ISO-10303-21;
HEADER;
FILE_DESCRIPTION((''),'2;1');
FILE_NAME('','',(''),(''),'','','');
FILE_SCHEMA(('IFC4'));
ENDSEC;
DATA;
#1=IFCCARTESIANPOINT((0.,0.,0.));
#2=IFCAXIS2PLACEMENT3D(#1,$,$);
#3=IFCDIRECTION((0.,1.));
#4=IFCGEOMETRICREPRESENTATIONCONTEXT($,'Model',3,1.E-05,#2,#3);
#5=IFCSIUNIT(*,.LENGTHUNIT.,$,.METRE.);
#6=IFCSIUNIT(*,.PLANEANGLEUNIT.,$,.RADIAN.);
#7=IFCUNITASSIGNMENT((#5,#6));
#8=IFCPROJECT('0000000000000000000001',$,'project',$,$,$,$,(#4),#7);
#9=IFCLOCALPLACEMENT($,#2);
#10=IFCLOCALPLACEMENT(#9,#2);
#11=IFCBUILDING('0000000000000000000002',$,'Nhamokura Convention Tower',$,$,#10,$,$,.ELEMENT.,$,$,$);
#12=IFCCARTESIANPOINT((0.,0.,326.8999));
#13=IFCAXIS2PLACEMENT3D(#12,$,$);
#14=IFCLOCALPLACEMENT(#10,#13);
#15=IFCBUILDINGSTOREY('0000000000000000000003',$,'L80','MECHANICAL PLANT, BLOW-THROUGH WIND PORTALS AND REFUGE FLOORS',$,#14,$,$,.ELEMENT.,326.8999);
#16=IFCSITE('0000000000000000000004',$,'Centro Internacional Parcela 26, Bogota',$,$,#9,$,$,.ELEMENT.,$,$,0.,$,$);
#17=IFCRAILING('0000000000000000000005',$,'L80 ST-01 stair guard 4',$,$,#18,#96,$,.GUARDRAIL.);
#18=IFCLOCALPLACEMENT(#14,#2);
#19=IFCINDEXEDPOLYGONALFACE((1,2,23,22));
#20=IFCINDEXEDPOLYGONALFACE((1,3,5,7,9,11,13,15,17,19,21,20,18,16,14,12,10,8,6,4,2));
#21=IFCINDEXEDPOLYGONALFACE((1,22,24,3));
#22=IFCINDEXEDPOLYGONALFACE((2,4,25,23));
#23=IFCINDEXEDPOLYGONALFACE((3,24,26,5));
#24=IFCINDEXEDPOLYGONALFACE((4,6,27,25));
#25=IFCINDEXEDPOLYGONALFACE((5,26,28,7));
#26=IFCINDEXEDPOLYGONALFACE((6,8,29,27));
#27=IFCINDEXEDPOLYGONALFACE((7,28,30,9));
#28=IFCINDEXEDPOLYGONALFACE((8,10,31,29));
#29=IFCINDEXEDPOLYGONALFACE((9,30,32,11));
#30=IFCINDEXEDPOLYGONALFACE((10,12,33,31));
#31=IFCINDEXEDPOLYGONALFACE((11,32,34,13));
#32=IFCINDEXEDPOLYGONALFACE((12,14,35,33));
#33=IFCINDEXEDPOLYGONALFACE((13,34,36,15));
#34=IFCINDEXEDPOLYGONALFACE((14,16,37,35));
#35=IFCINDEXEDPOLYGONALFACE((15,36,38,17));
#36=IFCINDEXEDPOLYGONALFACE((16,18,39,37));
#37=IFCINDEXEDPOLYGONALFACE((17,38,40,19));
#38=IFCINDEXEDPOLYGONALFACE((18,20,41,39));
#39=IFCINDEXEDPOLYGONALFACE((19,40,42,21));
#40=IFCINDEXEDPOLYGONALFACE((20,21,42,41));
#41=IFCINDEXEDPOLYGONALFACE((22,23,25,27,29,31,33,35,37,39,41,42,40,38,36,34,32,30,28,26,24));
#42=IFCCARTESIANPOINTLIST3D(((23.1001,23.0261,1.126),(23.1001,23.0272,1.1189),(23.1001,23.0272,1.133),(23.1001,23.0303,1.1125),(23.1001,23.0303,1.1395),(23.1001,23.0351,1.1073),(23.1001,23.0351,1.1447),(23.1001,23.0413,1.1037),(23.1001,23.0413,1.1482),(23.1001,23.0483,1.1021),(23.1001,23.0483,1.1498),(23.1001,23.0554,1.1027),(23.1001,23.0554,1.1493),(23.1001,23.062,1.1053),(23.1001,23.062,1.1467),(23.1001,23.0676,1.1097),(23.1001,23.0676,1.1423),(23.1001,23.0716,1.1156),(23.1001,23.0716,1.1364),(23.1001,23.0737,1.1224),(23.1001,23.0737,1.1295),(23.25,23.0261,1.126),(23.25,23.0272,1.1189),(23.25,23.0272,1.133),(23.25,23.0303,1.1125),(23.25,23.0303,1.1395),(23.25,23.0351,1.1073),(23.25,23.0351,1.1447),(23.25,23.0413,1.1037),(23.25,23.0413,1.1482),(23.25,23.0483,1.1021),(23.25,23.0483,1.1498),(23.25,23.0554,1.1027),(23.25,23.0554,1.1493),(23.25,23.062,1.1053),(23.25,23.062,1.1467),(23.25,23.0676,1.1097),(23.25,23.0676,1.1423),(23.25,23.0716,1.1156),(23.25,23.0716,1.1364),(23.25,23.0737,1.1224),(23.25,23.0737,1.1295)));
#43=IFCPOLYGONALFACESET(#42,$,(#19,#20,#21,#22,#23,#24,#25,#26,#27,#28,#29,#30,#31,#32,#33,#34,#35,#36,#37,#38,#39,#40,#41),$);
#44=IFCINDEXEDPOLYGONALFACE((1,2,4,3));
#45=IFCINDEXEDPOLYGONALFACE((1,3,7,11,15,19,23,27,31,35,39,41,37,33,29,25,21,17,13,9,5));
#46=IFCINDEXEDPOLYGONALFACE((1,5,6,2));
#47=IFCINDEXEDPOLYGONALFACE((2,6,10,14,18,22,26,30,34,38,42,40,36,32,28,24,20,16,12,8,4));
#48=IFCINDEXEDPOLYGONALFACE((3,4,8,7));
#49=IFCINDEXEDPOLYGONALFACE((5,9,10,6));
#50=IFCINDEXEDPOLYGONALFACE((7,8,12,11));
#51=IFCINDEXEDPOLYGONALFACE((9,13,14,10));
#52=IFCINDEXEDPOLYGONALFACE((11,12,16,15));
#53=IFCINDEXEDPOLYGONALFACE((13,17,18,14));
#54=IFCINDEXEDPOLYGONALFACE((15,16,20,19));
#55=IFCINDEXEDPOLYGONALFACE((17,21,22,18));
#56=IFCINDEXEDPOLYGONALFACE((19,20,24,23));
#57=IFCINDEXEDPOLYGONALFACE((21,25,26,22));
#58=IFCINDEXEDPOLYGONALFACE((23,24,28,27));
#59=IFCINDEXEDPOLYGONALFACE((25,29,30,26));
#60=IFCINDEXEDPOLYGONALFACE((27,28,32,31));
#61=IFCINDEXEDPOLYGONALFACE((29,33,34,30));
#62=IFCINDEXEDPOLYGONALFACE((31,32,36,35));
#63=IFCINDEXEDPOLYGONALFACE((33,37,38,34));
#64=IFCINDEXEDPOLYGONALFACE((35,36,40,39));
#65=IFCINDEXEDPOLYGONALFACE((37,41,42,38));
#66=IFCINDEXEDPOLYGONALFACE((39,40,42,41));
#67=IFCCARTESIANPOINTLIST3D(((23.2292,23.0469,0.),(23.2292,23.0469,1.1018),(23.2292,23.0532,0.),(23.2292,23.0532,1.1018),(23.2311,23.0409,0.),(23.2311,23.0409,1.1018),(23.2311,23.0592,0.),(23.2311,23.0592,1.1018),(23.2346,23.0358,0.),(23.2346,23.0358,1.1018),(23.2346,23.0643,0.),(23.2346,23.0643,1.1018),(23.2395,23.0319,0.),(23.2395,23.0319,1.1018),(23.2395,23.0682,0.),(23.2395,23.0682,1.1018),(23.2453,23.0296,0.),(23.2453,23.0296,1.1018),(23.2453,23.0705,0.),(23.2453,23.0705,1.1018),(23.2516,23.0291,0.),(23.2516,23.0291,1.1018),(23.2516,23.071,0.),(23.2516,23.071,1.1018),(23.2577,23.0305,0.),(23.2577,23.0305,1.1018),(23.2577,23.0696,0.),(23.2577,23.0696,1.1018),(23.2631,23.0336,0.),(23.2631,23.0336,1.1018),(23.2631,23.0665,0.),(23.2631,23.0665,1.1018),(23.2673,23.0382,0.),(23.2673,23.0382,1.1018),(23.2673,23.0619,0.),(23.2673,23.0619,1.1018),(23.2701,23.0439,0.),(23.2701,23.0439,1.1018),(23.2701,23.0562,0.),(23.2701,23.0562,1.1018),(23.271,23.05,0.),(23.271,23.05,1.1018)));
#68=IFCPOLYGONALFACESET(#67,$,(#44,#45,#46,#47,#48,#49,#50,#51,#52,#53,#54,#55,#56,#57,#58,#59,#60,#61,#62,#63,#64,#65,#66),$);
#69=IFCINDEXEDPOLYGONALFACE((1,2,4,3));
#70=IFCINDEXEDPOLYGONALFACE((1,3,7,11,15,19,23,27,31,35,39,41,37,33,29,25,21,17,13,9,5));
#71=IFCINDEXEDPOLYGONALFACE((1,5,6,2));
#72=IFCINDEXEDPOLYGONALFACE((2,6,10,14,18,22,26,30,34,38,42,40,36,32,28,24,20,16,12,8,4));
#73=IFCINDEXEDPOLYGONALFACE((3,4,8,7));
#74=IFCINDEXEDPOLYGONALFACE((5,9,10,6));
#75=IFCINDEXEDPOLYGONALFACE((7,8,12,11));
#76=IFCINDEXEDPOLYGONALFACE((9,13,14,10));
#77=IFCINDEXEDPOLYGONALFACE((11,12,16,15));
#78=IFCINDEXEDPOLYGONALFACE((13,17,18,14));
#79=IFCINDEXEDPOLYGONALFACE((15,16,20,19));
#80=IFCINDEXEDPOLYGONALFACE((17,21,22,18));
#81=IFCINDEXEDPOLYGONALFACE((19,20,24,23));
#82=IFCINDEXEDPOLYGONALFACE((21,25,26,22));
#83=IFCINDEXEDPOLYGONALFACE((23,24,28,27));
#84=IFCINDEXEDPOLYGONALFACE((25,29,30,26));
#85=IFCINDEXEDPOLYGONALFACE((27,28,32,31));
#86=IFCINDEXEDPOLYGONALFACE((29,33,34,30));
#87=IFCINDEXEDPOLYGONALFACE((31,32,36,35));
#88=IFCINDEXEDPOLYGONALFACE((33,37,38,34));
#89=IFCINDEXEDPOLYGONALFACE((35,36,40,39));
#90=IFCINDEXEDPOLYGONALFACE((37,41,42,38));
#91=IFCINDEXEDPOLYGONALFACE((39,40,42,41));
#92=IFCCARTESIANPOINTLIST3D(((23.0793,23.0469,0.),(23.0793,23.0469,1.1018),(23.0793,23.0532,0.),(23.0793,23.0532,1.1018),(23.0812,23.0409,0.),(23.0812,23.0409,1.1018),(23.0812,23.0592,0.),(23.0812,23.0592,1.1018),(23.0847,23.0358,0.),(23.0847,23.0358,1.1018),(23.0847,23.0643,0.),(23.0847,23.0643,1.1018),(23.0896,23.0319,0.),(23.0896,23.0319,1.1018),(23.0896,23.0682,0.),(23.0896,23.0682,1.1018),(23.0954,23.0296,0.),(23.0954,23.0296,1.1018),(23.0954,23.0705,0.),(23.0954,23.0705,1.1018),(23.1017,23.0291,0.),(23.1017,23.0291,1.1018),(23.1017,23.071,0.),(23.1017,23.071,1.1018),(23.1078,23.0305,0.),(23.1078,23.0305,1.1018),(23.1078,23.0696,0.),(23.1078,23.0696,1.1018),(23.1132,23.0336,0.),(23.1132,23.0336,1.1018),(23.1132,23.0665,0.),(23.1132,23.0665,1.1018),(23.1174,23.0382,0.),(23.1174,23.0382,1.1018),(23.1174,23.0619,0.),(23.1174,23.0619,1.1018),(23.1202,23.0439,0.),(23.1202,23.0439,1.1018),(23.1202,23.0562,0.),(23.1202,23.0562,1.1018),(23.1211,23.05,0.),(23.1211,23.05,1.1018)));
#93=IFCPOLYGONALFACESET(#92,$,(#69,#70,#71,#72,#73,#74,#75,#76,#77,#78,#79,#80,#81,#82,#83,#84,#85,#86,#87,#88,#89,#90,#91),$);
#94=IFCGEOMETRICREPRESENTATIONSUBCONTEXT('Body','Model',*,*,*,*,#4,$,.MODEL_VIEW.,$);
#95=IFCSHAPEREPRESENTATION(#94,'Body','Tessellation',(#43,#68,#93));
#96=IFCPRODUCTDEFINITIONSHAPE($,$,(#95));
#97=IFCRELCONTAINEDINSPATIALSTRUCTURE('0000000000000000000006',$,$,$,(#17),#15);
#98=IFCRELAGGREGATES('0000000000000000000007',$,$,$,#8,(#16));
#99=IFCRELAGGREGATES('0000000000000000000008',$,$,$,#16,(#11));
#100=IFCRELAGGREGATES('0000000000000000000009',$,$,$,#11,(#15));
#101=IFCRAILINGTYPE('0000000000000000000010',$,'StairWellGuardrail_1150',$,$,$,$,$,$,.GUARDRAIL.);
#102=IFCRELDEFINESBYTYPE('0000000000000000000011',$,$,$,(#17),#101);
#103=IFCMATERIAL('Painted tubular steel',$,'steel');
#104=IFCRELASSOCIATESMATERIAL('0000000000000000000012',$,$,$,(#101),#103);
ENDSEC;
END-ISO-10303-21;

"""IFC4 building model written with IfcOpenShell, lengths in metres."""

from ifc_helpers import new_model, si_unit, direction, frame, origin, origin_2d, place, context, subcontext, project, spatial, circle, extrude, material, type_object, element, save


model = new_model("IFC4")

# Units and contexts
model_context = context("Model", 3, precision=1e-05, world=origin(), true_north=direction((0.0, 1.0)))
body_context = subcontext(model_context, "Body", "Model", "MODEL_VIEW")
ifc_project = project(units=[si_unit("LENGTHUNIT", "METRE"), si_unit("PLANEANGLEUNIT", "RADIAN")], contexts=[model_context])

# Site, building, storey
site_placement = place(None, origin())
site = spatial("IfcSite", under=ifc_project, at=site_placement, Name="Centro Internacional Parcela 26, Bogota", CompositionType="ELEMENT", RefElevation=0.0)
building_placement = place(site_placement, origin())
building = spatial("IfcBuilding", under=site, at=building_placement, Name="Nhamokura Convention Tower", CompositionType="ELEMENT")
storey_placement = place(building_placement, frame((0.0, 0.0, 326.8999)))
storey = spatial("IfcBuildingStorey", under=building, at=storey_placement, Name="L80", Description="MECHANICAL PLANT, BLOW-THROUGH WIND PORTALS AND REFUGE FLOORS", CompositionType="ELEMENT", Elevation=326.8999)

# Railing
ifc_material_1 = material(Name="Painted tubular steel", Category="steel")
railing_type_1 = type_object("IfcRailingType", Name="StairWellGuardrail_1150", PredefinedType="GUARDRAIL", material=ifc_material_1)
railing_1_placement = place(storey_placement, frame((23.25, 23.05, 0.0)))
element("IfcRailing", 1, at=railing_1_placement, inside=storey, type_object=railing_type_1, Name="L80 ST-01 stair guard 4", PredefinedType="GUARDRAIL", context=body_context, shape_type="SweptSolid", body=[
    extrude(circle(Radius=0.0239, at=origin_2d()), frame((0.0, 0.0, 1.126), z_axis=(-1.0, 0.0, 0.0), x_axis=(0.0, -1.0, 0.0)), (0.0, 0.0, 1.0), 0.1499),
    extrude(circle(Radius=0.021, at=origin_2d()), origin(), (0.0, 0.0, 1.0), 1.1018),
    extrude(circle(Radius=0.021, at=origin_2d()), frame((-0.1499, 0.0, 0.0)), (0.0, 0.0, 1.0), 1.1018),
])

save(model, "model.ifc")
